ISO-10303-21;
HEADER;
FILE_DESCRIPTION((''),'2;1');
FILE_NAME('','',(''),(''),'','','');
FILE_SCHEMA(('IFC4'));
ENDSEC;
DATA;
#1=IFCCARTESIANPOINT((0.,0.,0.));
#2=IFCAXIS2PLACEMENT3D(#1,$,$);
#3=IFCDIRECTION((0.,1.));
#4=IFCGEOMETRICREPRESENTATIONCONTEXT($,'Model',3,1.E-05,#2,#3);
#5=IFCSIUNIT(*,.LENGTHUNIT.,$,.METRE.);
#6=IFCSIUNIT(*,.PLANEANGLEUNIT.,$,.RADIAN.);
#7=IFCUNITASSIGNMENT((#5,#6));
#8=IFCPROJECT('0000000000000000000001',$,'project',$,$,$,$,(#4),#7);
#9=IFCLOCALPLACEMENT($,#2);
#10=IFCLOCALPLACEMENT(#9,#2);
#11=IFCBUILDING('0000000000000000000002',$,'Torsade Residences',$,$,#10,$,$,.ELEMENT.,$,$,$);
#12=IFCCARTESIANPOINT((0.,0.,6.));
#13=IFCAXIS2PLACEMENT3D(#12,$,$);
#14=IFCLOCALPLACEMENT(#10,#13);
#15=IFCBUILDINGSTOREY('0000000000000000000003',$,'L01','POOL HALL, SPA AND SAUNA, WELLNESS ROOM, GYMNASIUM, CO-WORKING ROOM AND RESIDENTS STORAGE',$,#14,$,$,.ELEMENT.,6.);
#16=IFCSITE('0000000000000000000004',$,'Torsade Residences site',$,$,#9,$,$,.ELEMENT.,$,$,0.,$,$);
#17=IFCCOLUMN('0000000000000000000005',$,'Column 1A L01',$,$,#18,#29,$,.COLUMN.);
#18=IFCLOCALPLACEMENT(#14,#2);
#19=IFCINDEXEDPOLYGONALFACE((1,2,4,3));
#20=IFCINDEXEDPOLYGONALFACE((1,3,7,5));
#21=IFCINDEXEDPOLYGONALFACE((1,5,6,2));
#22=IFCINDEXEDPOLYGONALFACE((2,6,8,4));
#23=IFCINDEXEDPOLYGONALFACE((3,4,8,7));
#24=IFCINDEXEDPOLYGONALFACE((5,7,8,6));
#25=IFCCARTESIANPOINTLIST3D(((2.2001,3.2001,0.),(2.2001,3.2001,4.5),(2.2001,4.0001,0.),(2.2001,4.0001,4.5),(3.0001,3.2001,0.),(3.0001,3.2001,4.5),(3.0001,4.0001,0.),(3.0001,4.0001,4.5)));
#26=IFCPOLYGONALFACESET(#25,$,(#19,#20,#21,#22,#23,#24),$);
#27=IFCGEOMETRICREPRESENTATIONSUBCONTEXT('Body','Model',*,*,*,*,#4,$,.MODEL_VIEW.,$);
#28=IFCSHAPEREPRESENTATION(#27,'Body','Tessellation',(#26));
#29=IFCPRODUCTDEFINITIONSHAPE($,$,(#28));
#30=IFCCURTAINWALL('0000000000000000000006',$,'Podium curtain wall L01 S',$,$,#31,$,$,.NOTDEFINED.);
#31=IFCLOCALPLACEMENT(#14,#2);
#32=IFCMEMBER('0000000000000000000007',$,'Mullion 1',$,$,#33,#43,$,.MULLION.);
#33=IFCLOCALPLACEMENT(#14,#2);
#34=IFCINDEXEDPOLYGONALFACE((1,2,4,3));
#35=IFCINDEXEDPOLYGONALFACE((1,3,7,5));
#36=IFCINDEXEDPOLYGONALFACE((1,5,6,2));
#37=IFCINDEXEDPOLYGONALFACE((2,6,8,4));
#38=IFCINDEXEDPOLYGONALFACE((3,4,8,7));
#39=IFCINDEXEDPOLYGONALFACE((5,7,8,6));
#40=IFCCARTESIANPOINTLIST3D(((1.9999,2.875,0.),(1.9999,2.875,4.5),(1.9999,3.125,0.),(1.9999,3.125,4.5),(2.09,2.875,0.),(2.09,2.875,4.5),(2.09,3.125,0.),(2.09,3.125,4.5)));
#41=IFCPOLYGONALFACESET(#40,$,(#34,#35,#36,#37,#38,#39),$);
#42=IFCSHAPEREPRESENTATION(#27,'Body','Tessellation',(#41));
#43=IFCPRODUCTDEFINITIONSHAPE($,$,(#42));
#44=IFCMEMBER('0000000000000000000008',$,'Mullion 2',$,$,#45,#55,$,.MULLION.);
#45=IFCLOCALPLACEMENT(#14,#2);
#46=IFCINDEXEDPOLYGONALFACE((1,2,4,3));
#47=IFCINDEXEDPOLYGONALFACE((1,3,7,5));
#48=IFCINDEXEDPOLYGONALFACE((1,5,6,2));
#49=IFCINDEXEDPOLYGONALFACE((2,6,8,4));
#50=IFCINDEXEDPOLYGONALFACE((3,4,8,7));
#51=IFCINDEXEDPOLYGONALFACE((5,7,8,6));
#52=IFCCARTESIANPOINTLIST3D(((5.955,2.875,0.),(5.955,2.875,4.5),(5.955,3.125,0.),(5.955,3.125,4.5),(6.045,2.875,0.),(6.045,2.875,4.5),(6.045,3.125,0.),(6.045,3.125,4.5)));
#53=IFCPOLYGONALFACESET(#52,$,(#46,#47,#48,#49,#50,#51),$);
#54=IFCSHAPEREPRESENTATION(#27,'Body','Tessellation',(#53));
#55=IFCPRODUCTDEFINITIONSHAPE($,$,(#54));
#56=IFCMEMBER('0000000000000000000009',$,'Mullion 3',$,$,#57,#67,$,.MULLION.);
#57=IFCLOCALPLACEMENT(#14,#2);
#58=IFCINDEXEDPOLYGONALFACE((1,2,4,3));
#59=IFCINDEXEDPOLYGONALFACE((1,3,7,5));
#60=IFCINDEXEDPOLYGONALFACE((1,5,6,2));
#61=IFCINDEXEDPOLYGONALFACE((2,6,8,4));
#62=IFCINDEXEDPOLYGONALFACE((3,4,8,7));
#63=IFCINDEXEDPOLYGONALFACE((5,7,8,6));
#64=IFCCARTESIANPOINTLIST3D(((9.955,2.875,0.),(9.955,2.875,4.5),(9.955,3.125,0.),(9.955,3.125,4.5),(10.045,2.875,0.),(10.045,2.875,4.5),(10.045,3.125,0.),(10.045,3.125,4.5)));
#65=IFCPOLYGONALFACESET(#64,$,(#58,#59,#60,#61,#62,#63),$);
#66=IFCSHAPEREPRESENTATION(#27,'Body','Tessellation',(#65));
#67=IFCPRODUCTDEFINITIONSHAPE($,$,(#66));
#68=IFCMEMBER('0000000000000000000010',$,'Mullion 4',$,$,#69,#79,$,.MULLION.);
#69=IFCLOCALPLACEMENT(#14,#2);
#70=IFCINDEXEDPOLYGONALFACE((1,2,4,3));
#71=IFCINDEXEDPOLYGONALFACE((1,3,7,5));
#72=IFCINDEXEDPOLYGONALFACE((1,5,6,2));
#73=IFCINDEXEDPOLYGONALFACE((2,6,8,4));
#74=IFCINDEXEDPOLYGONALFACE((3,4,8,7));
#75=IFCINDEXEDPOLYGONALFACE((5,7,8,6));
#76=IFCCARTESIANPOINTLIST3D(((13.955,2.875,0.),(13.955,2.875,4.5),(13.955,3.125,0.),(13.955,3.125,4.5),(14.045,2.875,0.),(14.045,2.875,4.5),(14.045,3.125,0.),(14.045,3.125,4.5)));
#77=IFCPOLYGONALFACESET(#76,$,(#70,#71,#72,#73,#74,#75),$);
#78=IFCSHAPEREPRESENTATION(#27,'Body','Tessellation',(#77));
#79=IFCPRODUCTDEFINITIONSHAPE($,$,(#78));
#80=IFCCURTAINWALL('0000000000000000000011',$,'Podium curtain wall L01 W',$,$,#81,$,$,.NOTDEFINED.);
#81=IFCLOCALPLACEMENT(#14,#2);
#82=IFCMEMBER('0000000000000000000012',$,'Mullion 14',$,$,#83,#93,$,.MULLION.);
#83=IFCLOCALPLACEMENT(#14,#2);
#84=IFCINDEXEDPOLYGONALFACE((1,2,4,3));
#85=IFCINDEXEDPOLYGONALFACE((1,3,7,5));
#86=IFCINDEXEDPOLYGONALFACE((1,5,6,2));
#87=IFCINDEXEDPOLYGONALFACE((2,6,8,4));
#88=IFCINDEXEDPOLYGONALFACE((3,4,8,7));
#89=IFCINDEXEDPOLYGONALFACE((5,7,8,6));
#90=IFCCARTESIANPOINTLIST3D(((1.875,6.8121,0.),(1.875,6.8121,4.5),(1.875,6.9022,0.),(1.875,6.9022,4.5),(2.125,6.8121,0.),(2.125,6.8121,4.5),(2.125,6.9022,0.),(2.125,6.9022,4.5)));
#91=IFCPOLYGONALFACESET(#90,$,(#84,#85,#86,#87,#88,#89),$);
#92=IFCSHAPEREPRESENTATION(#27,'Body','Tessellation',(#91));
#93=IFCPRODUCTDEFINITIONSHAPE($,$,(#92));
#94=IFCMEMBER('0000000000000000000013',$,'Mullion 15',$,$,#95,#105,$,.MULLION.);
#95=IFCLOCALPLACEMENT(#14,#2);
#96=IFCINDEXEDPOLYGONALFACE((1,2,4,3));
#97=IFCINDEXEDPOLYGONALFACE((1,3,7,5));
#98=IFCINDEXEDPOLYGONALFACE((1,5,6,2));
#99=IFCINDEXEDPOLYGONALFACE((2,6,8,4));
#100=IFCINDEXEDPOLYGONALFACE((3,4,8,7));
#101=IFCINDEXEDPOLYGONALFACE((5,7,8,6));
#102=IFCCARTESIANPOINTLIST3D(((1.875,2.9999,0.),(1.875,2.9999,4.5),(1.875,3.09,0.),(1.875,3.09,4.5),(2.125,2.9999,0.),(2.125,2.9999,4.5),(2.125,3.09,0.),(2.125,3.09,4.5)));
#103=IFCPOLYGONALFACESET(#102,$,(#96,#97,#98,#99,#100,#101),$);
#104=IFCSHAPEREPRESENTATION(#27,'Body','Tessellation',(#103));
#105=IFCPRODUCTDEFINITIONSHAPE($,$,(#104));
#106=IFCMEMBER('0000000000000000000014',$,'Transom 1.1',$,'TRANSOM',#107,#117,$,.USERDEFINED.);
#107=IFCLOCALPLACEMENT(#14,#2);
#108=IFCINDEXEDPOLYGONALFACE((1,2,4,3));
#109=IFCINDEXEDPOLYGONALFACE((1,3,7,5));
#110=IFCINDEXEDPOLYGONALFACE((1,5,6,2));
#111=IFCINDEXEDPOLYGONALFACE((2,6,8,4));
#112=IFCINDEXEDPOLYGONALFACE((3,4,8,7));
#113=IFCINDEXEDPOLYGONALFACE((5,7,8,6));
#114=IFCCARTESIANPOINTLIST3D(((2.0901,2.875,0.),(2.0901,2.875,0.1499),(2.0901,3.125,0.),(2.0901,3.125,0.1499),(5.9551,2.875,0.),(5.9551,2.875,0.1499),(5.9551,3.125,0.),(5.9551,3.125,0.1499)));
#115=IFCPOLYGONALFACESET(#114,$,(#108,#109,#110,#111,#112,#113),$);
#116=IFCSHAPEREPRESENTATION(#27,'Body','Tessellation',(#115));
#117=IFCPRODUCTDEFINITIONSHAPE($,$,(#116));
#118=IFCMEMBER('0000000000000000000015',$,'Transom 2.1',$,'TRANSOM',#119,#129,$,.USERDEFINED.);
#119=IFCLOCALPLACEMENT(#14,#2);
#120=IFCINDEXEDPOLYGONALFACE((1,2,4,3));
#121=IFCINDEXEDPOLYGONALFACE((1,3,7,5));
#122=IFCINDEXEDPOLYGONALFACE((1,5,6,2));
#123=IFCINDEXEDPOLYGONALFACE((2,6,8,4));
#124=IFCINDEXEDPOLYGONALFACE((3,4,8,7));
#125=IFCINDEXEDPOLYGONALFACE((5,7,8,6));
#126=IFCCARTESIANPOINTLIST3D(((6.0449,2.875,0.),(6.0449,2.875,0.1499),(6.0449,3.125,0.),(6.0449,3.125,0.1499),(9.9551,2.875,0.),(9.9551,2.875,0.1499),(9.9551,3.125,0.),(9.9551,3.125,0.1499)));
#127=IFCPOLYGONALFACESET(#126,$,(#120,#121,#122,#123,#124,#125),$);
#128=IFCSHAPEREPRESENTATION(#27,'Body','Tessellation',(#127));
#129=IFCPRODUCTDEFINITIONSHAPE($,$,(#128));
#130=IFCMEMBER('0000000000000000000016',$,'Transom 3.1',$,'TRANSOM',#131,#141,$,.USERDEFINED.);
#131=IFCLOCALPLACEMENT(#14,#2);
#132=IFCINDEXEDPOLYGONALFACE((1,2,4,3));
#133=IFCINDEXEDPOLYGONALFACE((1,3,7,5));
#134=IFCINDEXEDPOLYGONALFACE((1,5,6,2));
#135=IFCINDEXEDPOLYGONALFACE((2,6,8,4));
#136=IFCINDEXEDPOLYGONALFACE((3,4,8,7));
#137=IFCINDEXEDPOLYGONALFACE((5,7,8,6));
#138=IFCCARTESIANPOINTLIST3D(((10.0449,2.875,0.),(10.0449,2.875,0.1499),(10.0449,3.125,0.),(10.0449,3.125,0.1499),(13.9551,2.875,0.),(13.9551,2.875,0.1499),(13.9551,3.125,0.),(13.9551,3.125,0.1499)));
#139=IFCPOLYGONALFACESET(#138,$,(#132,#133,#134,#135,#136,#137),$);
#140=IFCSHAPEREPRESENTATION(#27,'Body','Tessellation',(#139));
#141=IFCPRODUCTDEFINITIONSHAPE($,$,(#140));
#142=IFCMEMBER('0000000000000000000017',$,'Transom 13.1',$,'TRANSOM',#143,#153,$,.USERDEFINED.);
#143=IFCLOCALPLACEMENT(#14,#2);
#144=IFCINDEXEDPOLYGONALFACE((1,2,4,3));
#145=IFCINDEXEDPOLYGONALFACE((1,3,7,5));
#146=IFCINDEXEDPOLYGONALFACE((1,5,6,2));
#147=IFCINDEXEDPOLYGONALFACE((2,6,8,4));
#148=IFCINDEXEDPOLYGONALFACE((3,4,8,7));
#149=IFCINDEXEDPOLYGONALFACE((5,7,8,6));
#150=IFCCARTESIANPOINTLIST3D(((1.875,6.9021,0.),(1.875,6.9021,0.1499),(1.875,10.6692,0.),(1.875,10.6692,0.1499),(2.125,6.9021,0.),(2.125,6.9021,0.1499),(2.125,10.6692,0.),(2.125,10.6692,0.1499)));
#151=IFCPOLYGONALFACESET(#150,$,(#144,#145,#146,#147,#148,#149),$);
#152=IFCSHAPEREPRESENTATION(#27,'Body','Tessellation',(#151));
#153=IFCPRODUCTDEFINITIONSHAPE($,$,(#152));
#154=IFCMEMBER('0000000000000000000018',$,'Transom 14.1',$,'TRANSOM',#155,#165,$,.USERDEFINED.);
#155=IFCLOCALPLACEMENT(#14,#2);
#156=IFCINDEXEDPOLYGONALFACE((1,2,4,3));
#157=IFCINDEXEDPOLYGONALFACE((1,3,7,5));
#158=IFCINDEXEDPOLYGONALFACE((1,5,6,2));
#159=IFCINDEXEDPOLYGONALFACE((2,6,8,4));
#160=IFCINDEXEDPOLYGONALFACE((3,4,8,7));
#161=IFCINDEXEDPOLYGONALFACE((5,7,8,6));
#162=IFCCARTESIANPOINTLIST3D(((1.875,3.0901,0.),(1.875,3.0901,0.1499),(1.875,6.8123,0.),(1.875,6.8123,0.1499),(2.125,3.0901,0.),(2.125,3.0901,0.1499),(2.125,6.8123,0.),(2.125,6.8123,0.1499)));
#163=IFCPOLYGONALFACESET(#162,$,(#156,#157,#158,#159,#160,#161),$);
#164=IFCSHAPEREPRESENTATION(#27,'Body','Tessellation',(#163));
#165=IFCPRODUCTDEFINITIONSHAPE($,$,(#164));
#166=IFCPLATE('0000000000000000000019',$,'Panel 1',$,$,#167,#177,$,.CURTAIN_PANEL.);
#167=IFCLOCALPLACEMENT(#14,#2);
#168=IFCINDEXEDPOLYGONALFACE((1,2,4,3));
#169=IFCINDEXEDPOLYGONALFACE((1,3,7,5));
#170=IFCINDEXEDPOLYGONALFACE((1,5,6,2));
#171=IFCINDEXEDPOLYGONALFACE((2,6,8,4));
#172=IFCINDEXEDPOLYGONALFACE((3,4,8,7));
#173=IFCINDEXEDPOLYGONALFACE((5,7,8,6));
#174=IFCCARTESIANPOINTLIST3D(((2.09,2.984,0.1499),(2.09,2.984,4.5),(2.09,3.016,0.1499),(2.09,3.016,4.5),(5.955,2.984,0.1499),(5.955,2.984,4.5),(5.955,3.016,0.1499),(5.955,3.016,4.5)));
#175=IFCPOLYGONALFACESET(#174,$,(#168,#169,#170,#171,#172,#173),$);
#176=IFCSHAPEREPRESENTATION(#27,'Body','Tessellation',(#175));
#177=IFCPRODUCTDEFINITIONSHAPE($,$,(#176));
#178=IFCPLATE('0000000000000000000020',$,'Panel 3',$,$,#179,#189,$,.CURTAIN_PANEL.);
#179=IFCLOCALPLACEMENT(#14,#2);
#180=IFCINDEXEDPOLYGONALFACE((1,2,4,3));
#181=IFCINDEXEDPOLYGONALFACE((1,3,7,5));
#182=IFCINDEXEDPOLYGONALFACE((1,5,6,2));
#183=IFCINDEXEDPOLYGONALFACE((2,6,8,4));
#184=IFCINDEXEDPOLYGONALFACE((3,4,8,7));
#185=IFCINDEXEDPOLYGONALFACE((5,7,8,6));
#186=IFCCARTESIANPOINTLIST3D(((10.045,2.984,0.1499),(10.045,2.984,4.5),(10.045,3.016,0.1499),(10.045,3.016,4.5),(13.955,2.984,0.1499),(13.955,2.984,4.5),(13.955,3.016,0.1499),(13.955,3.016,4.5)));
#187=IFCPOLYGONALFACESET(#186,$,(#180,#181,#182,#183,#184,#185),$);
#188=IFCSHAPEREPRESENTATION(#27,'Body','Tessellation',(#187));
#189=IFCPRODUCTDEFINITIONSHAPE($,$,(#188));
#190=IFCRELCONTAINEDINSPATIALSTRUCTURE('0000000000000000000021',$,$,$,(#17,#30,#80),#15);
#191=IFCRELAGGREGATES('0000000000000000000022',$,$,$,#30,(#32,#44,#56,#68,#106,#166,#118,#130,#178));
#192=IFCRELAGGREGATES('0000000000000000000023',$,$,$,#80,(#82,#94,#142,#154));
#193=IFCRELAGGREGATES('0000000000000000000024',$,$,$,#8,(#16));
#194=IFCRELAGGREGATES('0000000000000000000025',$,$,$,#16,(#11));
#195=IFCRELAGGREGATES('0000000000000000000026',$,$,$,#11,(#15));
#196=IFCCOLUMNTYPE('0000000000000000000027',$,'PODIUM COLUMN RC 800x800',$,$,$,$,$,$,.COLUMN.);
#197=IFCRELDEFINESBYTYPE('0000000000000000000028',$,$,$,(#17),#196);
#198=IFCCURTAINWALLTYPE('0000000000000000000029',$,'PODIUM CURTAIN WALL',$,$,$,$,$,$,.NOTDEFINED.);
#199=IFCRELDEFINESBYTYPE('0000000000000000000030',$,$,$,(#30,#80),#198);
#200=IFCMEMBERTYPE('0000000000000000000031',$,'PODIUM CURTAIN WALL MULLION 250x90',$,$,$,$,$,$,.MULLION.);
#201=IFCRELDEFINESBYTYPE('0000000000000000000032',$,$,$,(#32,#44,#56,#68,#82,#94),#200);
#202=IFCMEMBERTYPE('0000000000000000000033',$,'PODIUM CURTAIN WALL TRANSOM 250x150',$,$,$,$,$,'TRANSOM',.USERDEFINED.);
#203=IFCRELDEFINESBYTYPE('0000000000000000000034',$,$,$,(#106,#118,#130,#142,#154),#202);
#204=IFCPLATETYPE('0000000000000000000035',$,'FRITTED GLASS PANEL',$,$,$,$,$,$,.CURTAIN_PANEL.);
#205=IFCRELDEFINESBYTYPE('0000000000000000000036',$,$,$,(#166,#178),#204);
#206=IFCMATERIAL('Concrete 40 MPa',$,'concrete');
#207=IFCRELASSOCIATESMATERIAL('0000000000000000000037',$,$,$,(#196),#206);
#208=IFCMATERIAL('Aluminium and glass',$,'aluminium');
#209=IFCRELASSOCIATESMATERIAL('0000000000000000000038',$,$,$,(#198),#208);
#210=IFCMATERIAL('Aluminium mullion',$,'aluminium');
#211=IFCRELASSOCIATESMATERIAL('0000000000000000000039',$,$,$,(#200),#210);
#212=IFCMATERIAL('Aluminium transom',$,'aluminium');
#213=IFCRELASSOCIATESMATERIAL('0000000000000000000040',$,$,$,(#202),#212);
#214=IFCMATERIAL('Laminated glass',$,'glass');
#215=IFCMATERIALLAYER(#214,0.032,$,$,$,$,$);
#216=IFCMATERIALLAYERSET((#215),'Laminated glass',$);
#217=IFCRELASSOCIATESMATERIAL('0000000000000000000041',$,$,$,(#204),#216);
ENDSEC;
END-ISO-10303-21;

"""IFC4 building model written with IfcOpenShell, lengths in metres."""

from ifc_helpers import new_model, si_unit, direction, frame, origin, origin_2d, place, context, subcontext, project, spatial, rectangle, extrude, material, layer, layer_set, material_profile, profile_set, type_object, element, aggregate, save


model = new_model("IFC4")

# Units and contexts
model_context = context("Model", 3, precision=1e-05, world=origin(), true_north=direction((0.0, 1.0)))
body_context = subcontext(model_context, "Body", "Model", "MODEL_VIEW")
ifc_project = project(units=[si_unit("LENGTHUNIT", "METRE"), si_unit("PLANEANGLEUNIT", "RADIAN")], contexts=[model_context])

# Site, building, storey
site_placement = place(None, origin())
site = spatial("IfcSite", under=ifc_project, at=site_placement, Name="Torsade Residences site", CompositionType="ELEMENT", RefElevation=0.0)
building_placement = place(site_placement, origin())
building = spatial("IfcBuilding", under=site, at=building_placement, Name="Torsade Residences", CompositionType="ELEMENT")
storey_placement = place(building_placement, frame((0.0, 0.0, 6.0)))
storey = spatial("IfcBuildingStorey", under=building, at=storey_placement, Name="L01", Description="POOL HALL, SPA AND SAUNA, WELLNESS ROOM, GYMNASIUM, CO-WORKING ROOM AND RESIDENTS STORAGE", CompositionType="ELEMENT", Elevation=6.0)

# Column
ifc_material_1 = material(Name="Concrete 40 MPa", Category="concrete")
ifc_material_profile_1 = material_profile(ifc_material_1, rectangle(XDim=0.8, YDim=0.8, at=origin_2d()), Name="RC 800x800")
ifc_profile_set_1 = profile_set([ifc_material_profile_1], Name="Concrete 40 MPa")
column_type = type_object("IfcColumnType", Name="PODIUM COLUMN RC 800x800", PredefinedType="COLUMN", material=ifc_profile_set_1)
column_placement = place(storey_placement, frame((2.6001, 3.6001, 0.0), z_axis=(0.0, 0.0, 1.0), x_axis=(1.0, 0.0, 0.0)))
element("IfcColumn", 1, at=column_placement, inside=storey, type_object=column_type, Name="Column 1A L01", PredefinedType="COLUMN", context=body_context, shape_type="SweptSolid", body=[
    extrude(rectangle(XDim=0.8, YDim=0.8, at=origin_2d()), origin(), (0.0, 0.0, 1.0), 4.5),
])

# Curtain walls, members
ifc_material_2 = material(Name="Aluminium and glass", Category="aluminium")
curtain_wall_type = type_object("IfcCurtainWallType", Name="PODIUM CURTAIN WALL", PredefinedType="NOTDEFINED", material=ifc_material_2)
curtain_wall_1_placement = place(storey_placement, origin())
curtain_wall_1 = element("IfcCurtainWall", 2, at=curtain_wall_1_placement, inside=storey, type_object=curtain_wall_type, Name="Podium curtain wall L01 S", PredefinedType="NOTDEFINED")
ifc_material_3 = material(Name="Aluminium mullion", Category="aluminium")
ifc_material_profile_2 = material_profile(ifc_material_3, rectangle(XDim=0.25, YDim=0.0901, at=origin_2d()), Name="PODIUM CURTAIN WALL MULLION 250x90")
ifc_profile_set_2 = profile_set([ifc_material_profile_2], Name="Aluminium mullion")
member_type_1 = type_object("IfcMemberType", Name="PODIUM CURTAIN WALL MULLION 250x90", PredefinedType="MULLION", material=ifc_profile_set_2)
member_1_placement = place(storey_placement, frame((2.0449, 3.0, 0.0), z_axis=(0.0, 0.0, 1.0), x_axis=(0.0, 1.0, 0.0)))
member_1 = element("IfcMember", 3, at=member_1_placement, type_object=member_type_1, Name="Mullion 1", PredefinedType="MULLION", context=body_context, shape_type="SweptSolid", body=[
    extrude(rectangle(XDim=0.25, YDim=0.0901, at=origin_2d()), origin(), (0.0, 0.0, 1.0), 4.5),
])
member_2_placement = place(storey_placement, frame((6.0, 3.0, 0.0), z_axis=(0.0, 0.0, 1.0), x_axis=(0.0, 1.0, 0.0)))
member_2 = element("IfcMember", 4, at=member_2_placement, type_object=member_type_1, Name="Mullion 2", PredefinedType="MULLION", context=body_context, shape_type="SweptSolid", body=[
    extrude(rectangle(XDim=0.25, YDim=0.0901, at=origin_2d()), origin(), (0.0, 0.0, 1.0), 4.5),
])
member_3_placement = place(storey_placement, frame((10.0, 3.0, 0.0), z_axis=(0.0, 0.0, 1.0), x_axis=(0.0, 1.0, 0.0)))
member_3 = element("IfcMember", 5, at=member_3_placement, type_object=member_type_1, Name="Mullion 3", PredefinedType="MULLION", context=body_context, shape_type="SweptSolid", body=[
    extrude(rectangle(XDim=0.25, YDim=0.0901, at=origin_2d()), origin(), (0.0, 0.0, 1.0), 4.5),
])
member_4_placement = place(storey_placement, frame((14.0, 3.0, 0.0), z_axis=(0.0, 0.0, 1.0), x_axis=(0.0, 1.0, 0.0)))
member_4 = element("IfcMember", 6, at=member_4_placement, type_object=member_type_1, Name="Mullion 4", PredefinedType="MULLION", context=body_context, shape_type="SweptSolid", body=[
    extrude(rectangle(XDim=0.25, YDim=0.0901, at=origin_2d()), origin(), (0.0, 0.0, 1.0), 4.5),
])
curtain_wall_2_placement = place(storey_placement, origin())
curtain_wall_2 = element("IfcCurtainWall", 7, at=curtain_wall_2_placement, inside=storey, type_object=curtain_wall_type, Name="Podium curtain wall L01 W", PredefinedType="NOTDEFINED")
member_5_placement = place(storey_placement, frame((2.0, 6.8572, 0.0), z_axis=(0.0, 0.0, 1.0), x_axis=(1.0, 0.0, 0.0)))
member_5 = element("IfcMember", 8, at=member_5_placement, type_object=member_type_1, Name="Mullion 14", PredefinedType="MULLION", context=body_context, shape_type="SweptSolid", body=[
    extrude(rectangle(XDim=0.25, YDim=0.0901, at=origin_2d()), origin(), (0.0, 0.0, 1.0), 4.5),
])
member_6_placement = place(storey_placement, frame((2.0, 3.0449, 0.0), z_axis=(0.0, 0.0, 1.0), x_axis=(1.0, 0.0, 0.0)))
member_6 = element("IfcMember", 9, at=member_6_placement, type_object=member_type_1, Name="Mullion 15", PredefinedType="MULLION", context=body_context, shape_type="SweptSolid", body=[
    extrude(rectangle(XDim=0.25, YDim=0.0901, at=origin_2d()), origin(), (0.0, 0.0, 1.0), 4.5),
])

# Members
ifc_material_4 = material(Name="Aluminium transom", Category="aluminium")
ifc_material_profile_3 = material_profile(ifc_material_4, rectangle(XDim=0.25, YDim=0.1499, at=origin_2d()), Name="PODIUM CURTAIN WALL TRANSOM 250x150")
ifc_profile_set_3 = profile_set([ifc_material_profile_3], Name="Aluminium transom")
member_type_2 = type_object("IfcMemberType", Name="PODIUM CURTAIN WALL TRANSOM 250x150", ElementType="TRANSOM", PredefinedType="USERDEFINED", material=ifc_profile_set_3)
member_7_placement = place(storey_placement, frame((2.0901, 3.0, 0.075), z_axis=(1.0, 0.0, 0.0), x_axis=(0.0, 1.0, 0.0)))
member_7 = element("IfcMember", 10, at=member_7_placement, type_object=member_type_2, Name="Transom 1.1", ObjectType="TRANSOM", PredefinedType="USERDEFINED", context=body_context, shape_type="SweptSolid", body=[
    extrude(rectangle(XDim=0.25, YDim=0.1499, at=origin_2d()), origin(), (0.0, 0.0, 1.0), 3.865),
])
member_8_placement = place(storey_placement, frame((6.0449, 3.0, 0.075), z_axis=(1.0, 0.0, 0.0), x_axis=(0.0, 1.0, 0.0)))
member_8 = element("IfcMember", 11, at=member_8_placement, type_object=member_type_2, Name="Transom 2.1", ObjectType="TRANSOM", PredefinedType="USERDEFINED", context=body_context, shape_type="SweptSolid", body=[
    extrude(rectangle(XDim=0.25, YDim=0.1499, at=origin_2d()), origin(), (0.0, 0.0, 1.0), 3.9102),
])
member_9_placement = place(storey_placement, frame((10.0449, 3.0, 0.075), z_axis=(1.0, 0.0, 0.0), x_axis=(0.0, 1.0, 0.0)))
member_9 = element("IfcMember", 12, at=member_9_placement, type_object=member_type_2, Name="Transom 3.1", ObjectType="TRANSOM", PredefinedType="USERDEFINED", context=body_context, shape_type="SweptSolid", body=[
    extrude(rectangle(XDim=0.25, YDim=0.1499, at=origin_2d()), origin(), (0.0, 0.0, 1.0), 3.9102),
])
member_10_placement = place(storey_placement, frame((2.0, 10.6692, 0.075), z_axis=(0.0, -1.0, 0.0), x_axis=(1.0, 0.0, 0.0)))
member_10 = element("IfcMember", 13, at=member_10_placement, type_object=member_type_2, Name="Transom 13.1", ObjectType="TRANSOM", PredefinedType="USERDEFINED", context=body_context, shape_type="SweptSolid", body=[
    extrude(rectangle(XDim=0.25, YDim=0.1499, at=origin_2d()), origin(), (0.0, 0.0, 1.0), 3.7671),
])
member_11_placement = place(storey_placement, frame((2.0, 6.8123, 0.075), z_axis=(0.0, -1.0, 0.0), x_axis=(1.0, 0.0, 0.0)))
member_11 = element("IfcMember", 14, at=member_11_placement, type_object=member_type_2, Name="Transom 14.1", ObjectType="TRANSOM", PredefinedType="USERDEFINED", context=body_context, shape_type="SweptSolid", body=[
    extrude(rectangle(XDim=0.25, YDim=0.1499, at=origin_2d()), origin(), (0.0, 0.0, 1.0), 3.7222),
])

# Plates
ifc_material_5 = material(Name="Laminated glass", Category="glass")
ifc_layer_1 = layer(ifc_material_5, 0.032)
ifc_layer_set_1 = layer_set([ifc_layer_1], Name="Laminated glass")
plate_type_1 = type_object("IfcPlateType", Name="FRITTED GLASS PANEL", PredefinedType="CURTAIN_PANEL", material=ifc_layer_set_1)
plate_1_placement = place(storey_placement, frame((4.0225, 3.0, 0.1499), z_axis=(0.0, 0.0, 1.0), x_axis=(1.0, 0.0, 0.0)))
plate_1 = element("IfcPlate", 15, at=plate_1_placement, type_object=plate_type_1, Name="Panel 1", PredefinedType="CURTAIN_PANEL", context=body_context, shape_type="SweptSolid", body=[
    extrude(rectangle(XDim=3.865, YDim=0.032, at=origin_2d()), origin(), (0.0, 0.0, 1.0), 4.3501),
])
plate_2_placement = place(storey_placement, frame((12.0, 3.0, 0.1499), z_axis=(0.0, 0.0, 1.0), x_axis=(1.0, 0.0, 0.0)))
plate_2 = element("IfcPlate", 16, at=plate_2_placement, type_object=plate_type_1, Name="Panel 3", PredefinedType="CURTAIN_PANEL", context=body_context, shape_type="SweptSolid", body=[
    extrude(rectangle(XDim=3.9099, YDim=0.032, at=origin_2d()), origin(), (0.0, 0.0, 1.0), 4.3501),
])
aggregate(curtain_wall_1, [member_1, member_2, member_3, member_4, member_7, plate_1, member_8, member_9, plate_2])
aggregate(curtain_wall_2, [member_5, member_6, member_10, member_11])

save(model, "model.ifc")
